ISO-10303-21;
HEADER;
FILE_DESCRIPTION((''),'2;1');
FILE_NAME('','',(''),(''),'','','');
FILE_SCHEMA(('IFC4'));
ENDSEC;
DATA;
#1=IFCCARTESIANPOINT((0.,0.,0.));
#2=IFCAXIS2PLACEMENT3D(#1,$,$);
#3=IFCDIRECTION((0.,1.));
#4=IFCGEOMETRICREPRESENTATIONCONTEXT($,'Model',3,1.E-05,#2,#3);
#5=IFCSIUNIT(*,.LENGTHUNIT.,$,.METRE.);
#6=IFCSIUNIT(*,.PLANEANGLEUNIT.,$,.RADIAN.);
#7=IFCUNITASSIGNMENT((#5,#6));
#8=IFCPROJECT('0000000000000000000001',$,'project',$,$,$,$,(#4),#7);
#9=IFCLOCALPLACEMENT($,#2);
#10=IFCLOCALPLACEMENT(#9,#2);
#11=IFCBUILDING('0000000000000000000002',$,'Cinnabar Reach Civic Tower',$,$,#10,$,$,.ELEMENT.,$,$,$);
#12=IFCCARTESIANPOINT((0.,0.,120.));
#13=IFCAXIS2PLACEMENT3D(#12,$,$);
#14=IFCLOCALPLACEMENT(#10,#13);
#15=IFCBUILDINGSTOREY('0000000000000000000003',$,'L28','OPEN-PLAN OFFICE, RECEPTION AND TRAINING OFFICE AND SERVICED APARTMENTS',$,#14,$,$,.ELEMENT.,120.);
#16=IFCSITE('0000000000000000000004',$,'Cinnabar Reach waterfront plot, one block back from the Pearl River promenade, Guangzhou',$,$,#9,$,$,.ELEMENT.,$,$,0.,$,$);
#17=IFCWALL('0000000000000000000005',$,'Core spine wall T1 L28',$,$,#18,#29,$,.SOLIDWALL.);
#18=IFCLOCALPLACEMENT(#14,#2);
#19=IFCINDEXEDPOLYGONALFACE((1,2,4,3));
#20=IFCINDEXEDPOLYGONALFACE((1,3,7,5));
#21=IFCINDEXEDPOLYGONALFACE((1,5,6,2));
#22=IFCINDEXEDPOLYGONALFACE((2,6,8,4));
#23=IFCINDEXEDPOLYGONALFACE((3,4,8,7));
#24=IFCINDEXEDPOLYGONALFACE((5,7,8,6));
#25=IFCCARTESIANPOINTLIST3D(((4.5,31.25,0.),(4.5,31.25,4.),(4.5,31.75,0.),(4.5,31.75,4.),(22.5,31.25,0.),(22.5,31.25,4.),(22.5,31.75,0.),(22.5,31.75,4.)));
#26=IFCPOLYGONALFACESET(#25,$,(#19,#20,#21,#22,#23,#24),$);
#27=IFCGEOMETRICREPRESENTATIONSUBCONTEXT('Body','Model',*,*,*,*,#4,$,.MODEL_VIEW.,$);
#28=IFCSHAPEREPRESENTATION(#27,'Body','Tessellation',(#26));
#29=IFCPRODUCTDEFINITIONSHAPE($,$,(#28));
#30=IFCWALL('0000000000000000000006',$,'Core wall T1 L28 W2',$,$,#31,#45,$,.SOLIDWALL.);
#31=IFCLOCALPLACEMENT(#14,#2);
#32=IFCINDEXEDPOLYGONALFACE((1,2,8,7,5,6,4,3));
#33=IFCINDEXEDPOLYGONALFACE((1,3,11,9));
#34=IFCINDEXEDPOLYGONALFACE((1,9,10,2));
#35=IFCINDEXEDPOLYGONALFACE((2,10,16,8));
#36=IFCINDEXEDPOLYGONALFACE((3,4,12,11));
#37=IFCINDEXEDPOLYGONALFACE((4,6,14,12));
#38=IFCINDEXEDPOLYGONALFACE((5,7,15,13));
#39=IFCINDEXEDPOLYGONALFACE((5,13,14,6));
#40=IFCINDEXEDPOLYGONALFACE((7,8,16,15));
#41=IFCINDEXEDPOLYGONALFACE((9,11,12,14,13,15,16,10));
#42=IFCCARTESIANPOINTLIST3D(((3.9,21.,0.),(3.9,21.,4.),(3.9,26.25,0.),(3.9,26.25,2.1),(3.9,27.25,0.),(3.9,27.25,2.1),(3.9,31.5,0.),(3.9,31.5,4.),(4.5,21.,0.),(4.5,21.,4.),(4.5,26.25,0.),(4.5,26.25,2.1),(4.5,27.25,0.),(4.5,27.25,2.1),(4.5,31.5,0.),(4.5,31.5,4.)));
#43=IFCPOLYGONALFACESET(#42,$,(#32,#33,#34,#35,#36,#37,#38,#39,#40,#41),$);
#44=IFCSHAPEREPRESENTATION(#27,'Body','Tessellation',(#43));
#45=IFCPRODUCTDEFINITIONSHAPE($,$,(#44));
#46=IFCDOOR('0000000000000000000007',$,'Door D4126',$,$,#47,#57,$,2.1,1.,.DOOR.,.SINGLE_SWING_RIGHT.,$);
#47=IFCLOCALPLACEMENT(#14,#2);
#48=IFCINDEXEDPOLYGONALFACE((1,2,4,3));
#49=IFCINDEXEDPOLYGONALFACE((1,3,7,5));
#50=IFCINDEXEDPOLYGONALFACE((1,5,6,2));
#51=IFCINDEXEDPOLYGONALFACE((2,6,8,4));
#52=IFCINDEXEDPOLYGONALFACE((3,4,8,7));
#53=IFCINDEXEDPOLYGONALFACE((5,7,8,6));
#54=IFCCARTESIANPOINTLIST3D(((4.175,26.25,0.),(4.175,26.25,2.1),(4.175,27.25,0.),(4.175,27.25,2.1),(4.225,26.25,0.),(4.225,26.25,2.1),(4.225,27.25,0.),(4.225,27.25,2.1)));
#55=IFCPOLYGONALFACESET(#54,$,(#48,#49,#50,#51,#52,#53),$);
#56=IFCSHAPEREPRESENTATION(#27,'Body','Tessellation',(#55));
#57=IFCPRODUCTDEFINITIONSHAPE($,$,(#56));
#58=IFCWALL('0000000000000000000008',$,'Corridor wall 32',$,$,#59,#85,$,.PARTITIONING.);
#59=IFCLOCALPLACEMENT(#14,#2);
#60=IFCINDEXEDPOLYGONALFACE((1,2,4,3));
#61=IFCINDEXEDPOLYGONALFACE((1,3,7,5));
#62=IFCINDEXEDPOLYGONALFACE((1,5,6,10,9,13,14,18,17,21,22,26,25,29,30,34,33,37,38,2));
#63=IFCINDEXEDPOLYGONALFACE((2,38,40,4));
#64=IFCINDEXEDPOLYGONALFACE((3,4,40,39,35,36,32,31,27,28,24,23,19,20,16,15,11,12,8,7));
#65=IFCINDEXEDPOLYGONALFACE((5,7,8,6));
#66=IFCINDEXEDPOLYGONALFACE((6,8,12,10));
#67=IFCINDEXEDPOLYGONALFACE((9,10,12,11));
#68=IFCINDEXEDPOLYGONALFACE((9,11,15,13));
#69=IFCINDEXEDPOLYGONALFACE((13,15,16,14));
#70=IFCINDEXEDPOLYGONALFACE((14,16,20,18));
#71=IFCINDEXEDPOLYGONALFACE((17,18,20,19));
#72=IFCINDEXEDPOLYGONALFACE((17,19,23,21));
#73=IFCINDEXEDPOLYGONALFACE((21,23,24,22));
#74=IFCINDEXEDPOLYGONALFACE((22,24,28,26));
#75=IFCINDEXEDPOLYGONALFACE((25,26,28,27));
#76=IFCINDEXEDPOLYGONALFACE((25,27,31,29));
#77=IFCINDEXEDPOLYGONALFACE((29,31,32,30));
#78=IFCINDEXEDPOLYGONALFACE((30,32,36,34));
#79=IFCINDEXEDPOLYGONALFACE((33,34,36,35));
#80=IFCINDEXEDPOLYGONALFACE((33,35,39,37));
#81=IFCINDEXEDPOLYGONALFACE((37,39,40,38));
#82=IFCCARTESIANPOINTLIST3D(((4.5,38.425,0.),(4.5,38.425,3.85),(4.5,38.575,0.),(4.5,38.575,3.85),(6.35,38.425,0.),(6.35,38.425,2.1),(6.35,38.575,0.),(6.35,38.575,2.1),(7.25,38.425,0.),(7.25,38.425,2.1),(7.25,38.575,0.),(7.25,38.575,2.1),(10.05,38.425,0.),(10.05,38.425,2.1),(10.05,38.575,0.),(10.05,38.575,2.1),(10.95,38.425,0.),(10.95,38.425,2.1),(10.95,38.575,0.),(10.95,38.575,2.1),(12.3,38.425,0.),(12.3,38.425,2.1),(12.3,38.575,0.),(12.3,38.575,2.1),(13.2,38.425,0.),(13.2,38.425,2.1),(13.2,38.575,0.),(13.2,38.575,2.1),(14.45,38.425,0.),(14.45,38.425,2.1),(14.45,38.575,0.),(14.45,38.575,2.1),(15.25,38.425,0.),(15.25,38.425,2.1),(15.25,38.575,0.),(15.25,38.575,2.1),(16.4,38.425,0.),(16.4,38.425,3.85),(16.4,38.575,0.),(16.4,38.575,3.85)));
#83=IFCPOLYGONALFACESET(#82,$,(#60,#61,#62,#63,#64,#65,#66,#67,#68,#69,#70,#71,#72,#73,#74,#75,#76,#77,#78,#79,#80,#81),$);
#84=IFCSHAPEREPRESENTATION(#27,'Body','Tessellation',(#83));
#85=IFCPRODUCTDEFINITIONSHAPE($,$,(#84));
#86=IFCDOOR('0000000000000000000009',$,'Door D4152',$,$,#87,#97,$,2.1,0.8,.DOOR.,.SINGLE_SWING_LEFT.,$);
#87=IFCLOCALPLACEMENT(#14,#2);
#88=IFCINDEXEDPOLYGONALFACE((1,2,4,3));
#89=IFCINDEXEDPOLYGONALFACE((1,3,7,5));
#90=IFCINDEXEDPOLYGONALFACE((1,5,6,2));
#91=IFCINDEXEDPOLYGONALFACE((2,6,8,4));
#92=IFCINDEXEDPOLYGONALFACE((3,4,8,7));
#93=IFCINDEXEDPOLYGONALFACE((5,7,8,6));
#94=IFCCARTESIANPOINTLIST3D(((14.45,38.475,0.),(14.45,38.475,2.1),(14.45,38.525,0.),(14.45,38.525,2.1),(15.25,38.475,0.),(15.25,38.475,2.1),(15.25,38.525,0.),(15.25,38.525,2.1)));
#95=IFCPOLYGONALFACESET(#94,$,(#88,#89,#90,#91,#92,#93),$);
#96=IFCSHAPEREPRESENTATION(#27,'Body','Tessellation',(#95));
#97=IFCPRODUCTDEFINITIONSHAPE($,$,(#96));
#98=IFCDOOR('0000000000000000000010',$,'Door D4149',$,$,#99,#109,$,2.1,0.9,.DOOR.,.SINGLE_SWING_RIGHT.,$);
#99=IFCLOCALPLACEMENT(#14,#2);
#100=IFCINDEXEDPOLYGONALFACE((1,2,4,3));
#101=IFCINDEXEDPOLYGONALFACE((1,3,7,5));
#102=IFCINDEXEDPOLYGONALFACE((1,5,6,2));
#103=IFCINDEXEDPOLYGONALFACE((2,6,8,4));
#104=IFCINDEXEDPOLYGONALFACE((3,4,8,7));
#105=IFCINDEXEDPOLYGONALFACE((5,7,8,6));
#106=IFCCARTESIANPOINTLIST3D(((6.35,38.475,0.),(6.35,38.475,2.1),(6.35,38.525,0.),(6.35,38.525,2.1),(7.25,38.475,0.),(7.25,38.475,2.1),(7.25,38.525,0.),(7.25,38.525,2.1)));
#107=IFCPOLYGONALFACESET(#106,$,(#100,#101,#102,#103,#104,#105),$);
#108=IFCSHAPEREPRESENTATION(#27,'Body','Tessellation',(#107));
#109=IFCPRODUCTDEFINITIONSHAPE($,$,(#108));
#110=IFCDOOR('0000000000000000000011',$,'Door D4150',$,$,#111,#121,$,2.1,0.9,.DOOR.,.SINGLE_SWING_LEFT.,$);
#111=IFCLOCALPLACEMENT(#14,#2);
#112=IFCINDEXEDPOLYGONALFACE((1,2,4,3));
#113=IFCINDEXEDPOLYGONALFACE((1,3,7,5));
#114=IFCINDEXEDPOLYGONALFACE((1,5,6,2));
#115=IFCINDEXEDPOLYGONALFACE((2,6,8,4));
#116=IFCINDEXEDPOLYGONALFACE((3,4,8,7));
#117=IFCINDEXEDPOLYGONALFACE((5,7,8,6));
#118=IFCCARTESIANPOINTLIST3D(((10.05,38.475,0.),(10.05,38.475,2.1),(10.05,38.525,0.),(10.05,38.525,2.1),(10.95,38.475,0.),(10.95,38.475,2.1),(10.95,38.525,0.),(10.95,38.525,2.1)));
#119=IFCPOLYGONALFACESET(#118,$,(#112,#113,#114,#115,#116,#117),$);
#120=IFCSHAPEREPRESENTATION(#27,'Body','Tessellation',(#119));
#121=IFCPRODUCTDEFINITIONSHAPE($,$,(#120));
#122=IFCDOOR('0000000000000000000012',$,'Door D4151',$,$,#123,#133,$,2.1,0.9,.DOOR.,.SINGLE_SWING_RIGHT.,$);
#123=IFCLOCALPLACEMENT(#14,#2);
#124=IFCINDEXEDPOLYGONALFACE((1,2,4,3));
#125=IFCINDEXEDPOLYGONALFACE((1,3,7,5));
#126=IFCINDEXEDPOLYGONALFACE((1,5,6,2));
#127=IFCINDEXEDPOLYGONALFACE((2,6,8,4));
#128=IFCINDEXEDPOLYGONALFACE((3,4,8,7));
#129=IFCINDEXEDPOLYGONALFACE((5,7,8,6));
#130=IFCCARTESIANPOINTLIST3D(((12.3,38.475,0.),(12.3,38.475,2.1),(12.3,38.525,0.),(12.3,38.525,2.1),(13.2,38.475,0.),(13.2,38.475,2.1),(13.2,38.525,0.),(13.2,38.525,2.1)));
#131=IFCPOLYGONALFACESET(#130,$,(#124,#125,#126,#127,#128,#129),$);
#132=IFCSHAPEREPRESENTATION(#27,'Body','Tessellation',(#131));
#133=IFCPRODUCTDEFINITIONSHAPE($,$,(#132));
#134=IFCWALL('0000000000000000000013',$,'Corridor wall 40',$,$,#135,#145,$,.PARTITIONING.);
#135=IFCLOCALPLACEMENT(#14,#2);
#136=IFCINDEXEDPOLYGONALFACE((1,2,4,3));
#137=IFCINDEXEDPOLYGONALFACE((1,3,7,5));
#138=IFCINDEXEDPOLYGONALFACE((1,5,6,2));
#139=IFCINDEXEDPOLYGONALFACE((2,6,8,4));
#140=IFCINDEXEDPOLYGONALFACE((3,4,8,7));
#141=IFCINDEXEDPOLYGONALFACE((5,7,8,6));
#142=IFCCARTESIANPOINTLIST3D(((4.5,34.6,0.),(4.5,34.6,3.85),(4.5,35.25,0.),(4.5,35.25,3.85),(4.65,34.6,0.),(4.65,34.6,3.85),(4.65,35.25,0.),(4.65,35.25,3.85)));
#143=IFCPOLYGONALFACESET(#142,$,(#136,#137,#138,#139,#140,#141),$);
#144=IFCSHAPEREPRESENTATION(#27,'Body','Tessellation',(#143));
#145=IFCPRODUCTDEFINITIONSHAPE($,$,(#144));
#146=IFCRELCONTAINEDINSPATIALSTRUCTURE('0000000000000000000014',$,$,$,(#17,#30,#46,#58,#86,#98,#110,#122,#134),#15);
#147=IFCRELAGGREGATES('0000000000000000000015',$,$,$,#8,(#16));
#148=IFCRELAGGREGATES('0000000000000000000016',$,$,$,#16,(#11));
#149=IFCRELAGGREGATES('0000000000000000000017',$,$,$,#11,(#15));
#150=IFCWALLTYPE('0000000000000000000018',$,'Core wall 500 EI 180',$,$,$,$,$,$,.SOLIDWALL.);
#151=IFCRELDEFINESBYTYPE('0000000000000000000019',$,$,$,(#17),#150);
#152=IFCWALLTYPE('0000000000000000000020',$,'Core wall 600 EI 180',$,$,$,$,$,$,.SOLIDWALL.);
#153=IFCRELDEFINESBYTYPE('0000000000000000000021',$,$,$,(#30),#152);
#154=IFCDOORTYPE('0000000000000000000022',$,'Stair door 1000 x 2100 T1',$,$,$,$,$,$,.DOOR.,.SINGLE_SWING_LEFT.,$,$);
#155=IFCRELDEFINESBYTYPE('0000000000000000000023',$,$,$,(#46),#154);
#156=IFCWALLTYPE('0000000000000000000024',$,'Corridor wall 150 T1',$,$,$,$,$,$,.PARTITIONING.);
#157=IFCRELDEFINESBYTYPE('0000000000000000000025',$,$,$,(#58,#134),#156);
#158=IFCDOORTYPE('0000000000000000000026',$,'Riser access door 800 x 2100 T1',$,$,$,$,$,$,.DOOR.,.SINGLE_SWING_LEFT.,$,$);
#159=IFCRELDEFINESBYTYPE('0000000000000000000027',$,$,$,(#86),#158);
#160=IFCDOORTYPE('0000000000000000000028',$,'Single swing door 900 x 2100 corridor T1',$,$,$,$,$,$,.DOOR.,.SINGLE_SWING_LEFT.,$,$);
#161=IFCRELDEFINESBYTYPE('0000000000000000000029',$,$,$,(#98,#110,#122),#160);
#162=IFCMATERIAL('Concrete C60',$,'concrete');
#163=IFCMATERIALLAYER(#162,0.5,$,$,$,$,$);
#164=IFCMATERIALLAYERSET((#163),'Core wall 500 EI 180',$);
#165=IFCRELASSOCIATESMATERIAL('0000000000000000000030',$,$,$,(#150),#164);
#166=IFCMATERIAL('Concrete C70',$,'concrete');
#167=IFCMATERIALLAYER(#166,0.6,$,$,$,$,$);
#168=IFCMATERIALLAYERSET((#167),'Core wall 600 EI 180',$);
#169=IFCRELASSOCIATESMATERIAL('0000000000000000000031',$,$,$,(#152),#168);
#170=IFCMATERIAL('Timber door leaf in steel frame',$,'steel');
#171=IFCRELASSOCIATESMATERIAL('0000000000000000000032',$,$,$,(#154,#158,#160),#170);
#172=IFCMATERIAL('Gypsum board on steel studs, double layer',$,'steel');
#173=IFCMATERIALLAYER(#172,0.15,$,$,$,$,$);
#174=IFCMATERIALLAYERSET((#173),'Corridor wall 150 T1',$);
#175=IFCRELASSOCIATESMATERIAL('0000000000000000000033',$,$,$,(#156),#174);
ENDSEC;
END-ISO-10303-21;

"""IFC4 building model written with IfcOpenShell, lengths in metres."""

from ifc_helpers import new_model, si_unit, direction, frame, frame_2d, origin, place, context, subcontext, project, spatial, rectangle, extrude, material, layer, layer_set, type_object, element, fill, save


model = new_model("IFC4")

# Units and contexts
model_context = context("Model", 3, precision=1e-05, world=origin(), true_north=direction((0.0, 1.0)))
body_context = subcontext(model_context, "Body", "Model", "MODEL_VIEW")
ifc_project = project(units=[si_unit("LENGTHUNIT", "METRE"), si_unit("PLANEANGLEUNIT", "RADIAN")], contexts=[model_context])

# Site, building, storey
site_placement = place(None, origin())
site = spatial("IfcSite", under=ifc_project, at=site_placement, Name="Cinnabar Reach waterfront plot, one block back from the Pearl River promenade, Guangzhou", CompositionType="ELEMENT", RefElevation=0.0)
building_placement = place(site_placement, origin())
building = spatial("IfcBuilding", under=site, at=building_placement, Name="Cinnabar Reach Civic Tower", CompositionType="ELEMENT")
storey_placement = place(building_placement, frame((0.0, 0.0, 120.0)))
storey = spatial("IfcBuildingStorey", under=building, at=storey_placement, Name="L28", Description="OPEN-PLAN OFFICE, RECEPTION AND TRAINING OFFICE AND SERVICED APARTMENTS", CompositionType="ELEMENT", Elevation=120.0)

# Wall
ifc_material_1 = material(Name="Concrete C60", Category="concrete")
ifc_layer_1 = layer(ifc_material_1, 0.5)
ifc_layer_set_1 = layer_set([ifc_layer_1], Name="Core wall 500 EI 180")
wall_type_1 = type_object("IfcWallType", Name="Core wall 500 EI 180", PredefinedType="SOLIDWALL", material=ifc_layer_set_1)
wall_1_placement = place(storey_placement, frame((4.5, 31.5, 0.0), z_axis=(0.0, 0.0, 1.0), x_axis=(1.0, 0.0, 0.0)))
element("IfcWall", 1, at=wall_1_placement, inside=storey, type_object=wall_type_1, Name="Core spine wall T1 L28", PredefinedType="SOLIDWALL", context=body_context, shape_type="SweptSolid", body=[
    extrude(rectangle(XDim=18.0, YDim=0.5, at=frame_2d((9.0, 0.0))), origin(), (0.0, 0.0, 1.0), 4.0),
])

# Wall, opening, door
ifc_material_2 = material(Name="Concrete C70", Category="concrete")
ifc_layer_2 = layer(ifc_material_2, 0.6)
ifc_layer_set_2 = layer_set([ifc_layer_2], Name="Core wall 600 EI 180")
wall_type_2 = type_object("IfcWallType", Name="Core wall 600 EI 180", PredefinedType="SOLIDWALL", material=ifc_layer_set_2)
wall_2_placement = place(storey_placement, frame((4.2, 31.5, 0.0), z_axis=(0.0, 0.0, 1.0), x_axis=(0.0, -1.0, 0.0)))
wall_2 = element("IfcWall", 2, at=wall_2_placement, inside=storey, type_object=wall_type_2, Name="Core wall T1 L28 W2", PredefinedType="SOLIDWALL", context=body_context, shape_type="SweptSolid", body=[
    extrude(rectangle(XDim=10.5, YDim=0.6, at=frame_2d((5.25, 0.0))), origin(), (0.0, 0.0, 1.0), 4.0),
])
opening_1_placement = place(wall_2_placement, frame((4.25, 0.0, 0.0)))
opening_1 = element("IfcOpeningElement", 3, at=opening_1_placement, cuts=wall_2, PredefinedType="OPENING", context=body_context, shape_type="SweptSolid", body=[
    extrude(rectangle(XDim=1.0, YDim=2.1, at=frame_2d((0.5, 1.05))), frame((0.0, 0.31, 0.0), z_axis=(0.0, -1.0, 0.0), x_axis=(1.0, 0.0, 0.0)), (0.0, 0.0, 1.0), 0.62),
])
ifc_material_3 = material(Name="Timber door leaf in steel frame", Category="steel")
door_type_1 = type_object("IfcDoorType", Name="Stair door 1000 x 2100 T1", OperationType="SINGLE_SWING_LEFT", PredefinedType="DOOR", material=ifc_material_3)
door_1_placement = place(opening_1_placement, frame((1.0, 0.0, 0.0), z_axis=(0.0, 0.0, 1.0), x_axis=(-1.0, 0.0, 0.0)))
door_1 = element("IfcDoor", 4, at=door_1_placement, inside=storey, type_object=door_type_1, Name="Door D4126", OperationType="SINGLE_SWING_RIGHT", OverallHeight=2.1, OverallWidth=1.0, PredefinedType="DOOR", context=body_context, shape_type="SweptSolid", body=[
    extrude(rectangle(XDim=1.0, YDim=2.1, at=frame_2d((0.5, 1.05))), frame((0.0, 0.025, 0.0), z_axis=(0.0, -1.0, 0.0), x_axis=(1.0, 0.0, 0.0)), (0.0, 0.0, 1.0), 0.05),
])
fill(opening_1, door_1)

# Wall, openings, doors
ifc_material_4 = material(Name="Gypsum board on steel studs, double layer", Category="steel")
ifc_layer_3 = layer(ifc_material_4, 0.15)
ifc_layer_set_3 = layer_set([ifc_layer_3], Name="Corridor wall 150 T1")
wall_type_3 = type_object("IfcWallType", Name="Corridor wall 150 T1", PredefinedType="PARTITIONING", material=ifc_layer_set_3)
wall_3_placement = place(storey_placement, frame((4.5, 38.5, 0.0), z_axis=(0.0, 0.0, 1.0), x_axis=(1.0, 0.0, 0.0)))
wall_3 = element("IfcWall", 5, at=wall_3_placement, inside=storey, type_object=wall_type_3, Name="Corridor wall 32", PredefinedType="PARTITIONING", context=body_context, shape_type="SweptSolid", body=[
    extrude(rectangle(XDim=11.9, YDim=0.15, at=frame_2d((5.95, 0.0))), origin(), (0.0, 0.0, 1.0), 3.85),
])
opening_2_placement = place(wall_3_placement, frame((1.85, 0.0, 0.0)))
opening_2 = element("IfcOpeningElement", 6, at=opening_2_placement, cuts=wall_3, PredefinedType="OPENING", context=body_context, shape_type="SweptSolid", body=[
    extrude(rectangle(XDim=0.9, YDim=2.1, at=frame_2d((0.45, 1.05))), frame((0.0, 0.085, 0.0), z_axis=(0.0, -1.0, 0.0), x_axis=(1.0, 0.0, 0.0)), (0.0, 0.0, 1.0), 0.17),
])
opening_3_placement = place(wall_3_placement, frame((5.55, 0.0, 0.0)))
opening_3 = element("IfcOpeningElement", 7, at=opening_3_placement, cuts=wall_3, PredefinedType="OPENING", context=body_context, shape_type="SweptSolid", body=[
    extrude(rectangle(XDim=0.9, YDim=2.1, at=frame_2d((0.45, 1.05))), frame((0.0, 0.085, 0.0), z_axis=(0.0, -1.0, 0.0), x_axis=(1.0, 0.0, 0.0)), (0.0, 0.0, 1.0), 0.17),
])
opening_4_placement = place(wall_3_placement, frame((7.8, 0.0, 0.0)))
opening_4 = element("IfcOpeningElement", 8, at=opening_4_placement, cuts=wall_3, PredefinedType="OPENING", context=body_context, shape_type="SweptSolid", body=[
    extrude(rectangle(XDim=0.9, YDim=2.1, at=frame_2d((0.45, 1.05))), frame((0.0, 0.085, 0.0), z_axis=(0.0, -1.0, 0.0), x_axis=(1.0, 0.0, 0.0)), (0.0, 0.0, 1.0), 0.17),
])
opening_5_placement = place(wall_3_placement, frame((9.95, 0.0, 0.0)))
opening_5 = element("IfcOpeningElement", 9, at=opening_5_placement, cuts=wall_3, PredefinedType="OPENING", context=body_context, shape_type="SweptSolid", body=[
    extrude(rectangle(XDim=0.8, YDim=2.1, at=frame_2d((0.4, 1.05))), frame((0.0, 0.085, 0.0), z_axis=(0.0, -1.0, 0.0), x_axis=(1.0, 0.0, 0.0)), (0.0, 0.0, 1.0), 0.17),
])
door_type_2 = type_object("IfcDoorType", Name="Riser access door 800 x 2100 T1", OperationType="SINGLE_SWING_LEFT", PredefinedType="DOOR", material=ifc_material_3)
door_2_placement = place(opening_5_placement, origin())
door_2 = element("IfcDoor", 10, at=door_2_placement, inside=storey, type_object=door_type_2, Name="Door D4152", OperationType="SINGLE_SWING_LEFT", OverallHeight=2.1, OverallWidth=0.8, PredefinedType="DOOR", context=body_context, shape_type="SweptSolid", body=[
    extrude(rectangle(XDim=0.8, YDim=2.1, at=frame_2d((0.4, 1.05))), frame((0.0, 0.025, 0.0), z_axis=(0.0, -1.0, 0.0), x_axis=(1.0, 0.0, 0.0)), (0.0, 0.0, 1.0), 0.05),
])
fill(opening_5, door_2)
door_type_3 = type_object("IfcDoorType", Name="Single swing door 900 x 2100 corridor T1", OperationType="SINGLE_SWING_LEFT", PredefinedType="DOOR", material=ifc_material_3)
door_3_placement = place(opening_2_placement, origin())
door_3 = element("IfcDoor", 11, at=door_3_placement, inside=storey, type_object=door_type_3, Name="Door D4149", OperationType="SINGLE_SWING_RIGHT", OverallHeight=2.1, OverallWidth=0.9, PredefinedType="DOOR", context=body_context, shape_type="SweptSolid", body=[
    extrude(rectangle(XDim=0.9, YDim=2.1, at=frame_2d((0.45, 1.05))), frame((0.0, 0.025, 0.0), z_axis=(0.0, -1.0, 0.0), x_axis=(1.0, 0.0, 0.0)), (0.0, 0.0, 1.0), 0.05),
])
fill(opening_2, door_3)
door_4_placement = place(opening_3_placement, origin())
door_4 = element("IfcDoor", 12, at=door_4_placement, inside=storey, type_object=door_type_3, Name="Door D4150", OperationType="SINGLE_SWING_LEFT", OverallHeight=2.1, OverallWidth=0.9, PredefinedType="DOOR", context=body_context, shape_type="SweptSolid", body=[
    extrude(rectangle(XDim=0.9, YDim=2.1, at=frame_2d((0.45, 1.05))), frame((0.0, 0.025, 0.0), z_axis=(0.0, -1.0, 0.0), x_axis=(1.0, 0.0, 0.0)), (0.0, 0.0, 1.0), 0.05),
])
fill(opening_3, door_4)
door_5_placement = place(opening_4_placement, origin())
door_5 = element("IfcDoor", 13, at=door_5_placement, inside=storey, type_object=door_type_3, Name="Door D4151", OperationType="SINGLE_SWING_RIGHT", OverallHeight=2.1, OverallWidth=0.9, PredefinedType="DOOR", context=body_context, shape_type="SweptSolid", body=[
    extrude(rectangle(XDim=0.9, YDim=2.1, at=frame_2d((0.45, 1.05))), frame((0.0, 0.025, 0.0), z_axis=(0.0, -1.0, 0.0), x_axis=(1.0, 0.0, 0.0)), (0.0, 0.0, 1.0), 0.05),
])
fill(opening_4, door_5)

# Wall
wall_4_placement = place(storey_placement, frame((4.575, 34.6, 0.0), z_axis=(0.0, 0.0, 1.0), x_axis=(0.0, 1.0, 0.0)))
element("IfcWall", 14, at=wall_4_placement, inside=storey, type_object=wall_type_3, Name="Corridor wall 40", PredefinedType="PARTITIONING", context=body_context, shape_type="SweptSolid", body=[
    extrude(rectangle(XDim=0.65, YDim=0.15, at=frame_2d((0.325, 0.0))), origin(), (0.0, 0.0, 1.0), 3.85),
])

save(model, "model.ifc")
